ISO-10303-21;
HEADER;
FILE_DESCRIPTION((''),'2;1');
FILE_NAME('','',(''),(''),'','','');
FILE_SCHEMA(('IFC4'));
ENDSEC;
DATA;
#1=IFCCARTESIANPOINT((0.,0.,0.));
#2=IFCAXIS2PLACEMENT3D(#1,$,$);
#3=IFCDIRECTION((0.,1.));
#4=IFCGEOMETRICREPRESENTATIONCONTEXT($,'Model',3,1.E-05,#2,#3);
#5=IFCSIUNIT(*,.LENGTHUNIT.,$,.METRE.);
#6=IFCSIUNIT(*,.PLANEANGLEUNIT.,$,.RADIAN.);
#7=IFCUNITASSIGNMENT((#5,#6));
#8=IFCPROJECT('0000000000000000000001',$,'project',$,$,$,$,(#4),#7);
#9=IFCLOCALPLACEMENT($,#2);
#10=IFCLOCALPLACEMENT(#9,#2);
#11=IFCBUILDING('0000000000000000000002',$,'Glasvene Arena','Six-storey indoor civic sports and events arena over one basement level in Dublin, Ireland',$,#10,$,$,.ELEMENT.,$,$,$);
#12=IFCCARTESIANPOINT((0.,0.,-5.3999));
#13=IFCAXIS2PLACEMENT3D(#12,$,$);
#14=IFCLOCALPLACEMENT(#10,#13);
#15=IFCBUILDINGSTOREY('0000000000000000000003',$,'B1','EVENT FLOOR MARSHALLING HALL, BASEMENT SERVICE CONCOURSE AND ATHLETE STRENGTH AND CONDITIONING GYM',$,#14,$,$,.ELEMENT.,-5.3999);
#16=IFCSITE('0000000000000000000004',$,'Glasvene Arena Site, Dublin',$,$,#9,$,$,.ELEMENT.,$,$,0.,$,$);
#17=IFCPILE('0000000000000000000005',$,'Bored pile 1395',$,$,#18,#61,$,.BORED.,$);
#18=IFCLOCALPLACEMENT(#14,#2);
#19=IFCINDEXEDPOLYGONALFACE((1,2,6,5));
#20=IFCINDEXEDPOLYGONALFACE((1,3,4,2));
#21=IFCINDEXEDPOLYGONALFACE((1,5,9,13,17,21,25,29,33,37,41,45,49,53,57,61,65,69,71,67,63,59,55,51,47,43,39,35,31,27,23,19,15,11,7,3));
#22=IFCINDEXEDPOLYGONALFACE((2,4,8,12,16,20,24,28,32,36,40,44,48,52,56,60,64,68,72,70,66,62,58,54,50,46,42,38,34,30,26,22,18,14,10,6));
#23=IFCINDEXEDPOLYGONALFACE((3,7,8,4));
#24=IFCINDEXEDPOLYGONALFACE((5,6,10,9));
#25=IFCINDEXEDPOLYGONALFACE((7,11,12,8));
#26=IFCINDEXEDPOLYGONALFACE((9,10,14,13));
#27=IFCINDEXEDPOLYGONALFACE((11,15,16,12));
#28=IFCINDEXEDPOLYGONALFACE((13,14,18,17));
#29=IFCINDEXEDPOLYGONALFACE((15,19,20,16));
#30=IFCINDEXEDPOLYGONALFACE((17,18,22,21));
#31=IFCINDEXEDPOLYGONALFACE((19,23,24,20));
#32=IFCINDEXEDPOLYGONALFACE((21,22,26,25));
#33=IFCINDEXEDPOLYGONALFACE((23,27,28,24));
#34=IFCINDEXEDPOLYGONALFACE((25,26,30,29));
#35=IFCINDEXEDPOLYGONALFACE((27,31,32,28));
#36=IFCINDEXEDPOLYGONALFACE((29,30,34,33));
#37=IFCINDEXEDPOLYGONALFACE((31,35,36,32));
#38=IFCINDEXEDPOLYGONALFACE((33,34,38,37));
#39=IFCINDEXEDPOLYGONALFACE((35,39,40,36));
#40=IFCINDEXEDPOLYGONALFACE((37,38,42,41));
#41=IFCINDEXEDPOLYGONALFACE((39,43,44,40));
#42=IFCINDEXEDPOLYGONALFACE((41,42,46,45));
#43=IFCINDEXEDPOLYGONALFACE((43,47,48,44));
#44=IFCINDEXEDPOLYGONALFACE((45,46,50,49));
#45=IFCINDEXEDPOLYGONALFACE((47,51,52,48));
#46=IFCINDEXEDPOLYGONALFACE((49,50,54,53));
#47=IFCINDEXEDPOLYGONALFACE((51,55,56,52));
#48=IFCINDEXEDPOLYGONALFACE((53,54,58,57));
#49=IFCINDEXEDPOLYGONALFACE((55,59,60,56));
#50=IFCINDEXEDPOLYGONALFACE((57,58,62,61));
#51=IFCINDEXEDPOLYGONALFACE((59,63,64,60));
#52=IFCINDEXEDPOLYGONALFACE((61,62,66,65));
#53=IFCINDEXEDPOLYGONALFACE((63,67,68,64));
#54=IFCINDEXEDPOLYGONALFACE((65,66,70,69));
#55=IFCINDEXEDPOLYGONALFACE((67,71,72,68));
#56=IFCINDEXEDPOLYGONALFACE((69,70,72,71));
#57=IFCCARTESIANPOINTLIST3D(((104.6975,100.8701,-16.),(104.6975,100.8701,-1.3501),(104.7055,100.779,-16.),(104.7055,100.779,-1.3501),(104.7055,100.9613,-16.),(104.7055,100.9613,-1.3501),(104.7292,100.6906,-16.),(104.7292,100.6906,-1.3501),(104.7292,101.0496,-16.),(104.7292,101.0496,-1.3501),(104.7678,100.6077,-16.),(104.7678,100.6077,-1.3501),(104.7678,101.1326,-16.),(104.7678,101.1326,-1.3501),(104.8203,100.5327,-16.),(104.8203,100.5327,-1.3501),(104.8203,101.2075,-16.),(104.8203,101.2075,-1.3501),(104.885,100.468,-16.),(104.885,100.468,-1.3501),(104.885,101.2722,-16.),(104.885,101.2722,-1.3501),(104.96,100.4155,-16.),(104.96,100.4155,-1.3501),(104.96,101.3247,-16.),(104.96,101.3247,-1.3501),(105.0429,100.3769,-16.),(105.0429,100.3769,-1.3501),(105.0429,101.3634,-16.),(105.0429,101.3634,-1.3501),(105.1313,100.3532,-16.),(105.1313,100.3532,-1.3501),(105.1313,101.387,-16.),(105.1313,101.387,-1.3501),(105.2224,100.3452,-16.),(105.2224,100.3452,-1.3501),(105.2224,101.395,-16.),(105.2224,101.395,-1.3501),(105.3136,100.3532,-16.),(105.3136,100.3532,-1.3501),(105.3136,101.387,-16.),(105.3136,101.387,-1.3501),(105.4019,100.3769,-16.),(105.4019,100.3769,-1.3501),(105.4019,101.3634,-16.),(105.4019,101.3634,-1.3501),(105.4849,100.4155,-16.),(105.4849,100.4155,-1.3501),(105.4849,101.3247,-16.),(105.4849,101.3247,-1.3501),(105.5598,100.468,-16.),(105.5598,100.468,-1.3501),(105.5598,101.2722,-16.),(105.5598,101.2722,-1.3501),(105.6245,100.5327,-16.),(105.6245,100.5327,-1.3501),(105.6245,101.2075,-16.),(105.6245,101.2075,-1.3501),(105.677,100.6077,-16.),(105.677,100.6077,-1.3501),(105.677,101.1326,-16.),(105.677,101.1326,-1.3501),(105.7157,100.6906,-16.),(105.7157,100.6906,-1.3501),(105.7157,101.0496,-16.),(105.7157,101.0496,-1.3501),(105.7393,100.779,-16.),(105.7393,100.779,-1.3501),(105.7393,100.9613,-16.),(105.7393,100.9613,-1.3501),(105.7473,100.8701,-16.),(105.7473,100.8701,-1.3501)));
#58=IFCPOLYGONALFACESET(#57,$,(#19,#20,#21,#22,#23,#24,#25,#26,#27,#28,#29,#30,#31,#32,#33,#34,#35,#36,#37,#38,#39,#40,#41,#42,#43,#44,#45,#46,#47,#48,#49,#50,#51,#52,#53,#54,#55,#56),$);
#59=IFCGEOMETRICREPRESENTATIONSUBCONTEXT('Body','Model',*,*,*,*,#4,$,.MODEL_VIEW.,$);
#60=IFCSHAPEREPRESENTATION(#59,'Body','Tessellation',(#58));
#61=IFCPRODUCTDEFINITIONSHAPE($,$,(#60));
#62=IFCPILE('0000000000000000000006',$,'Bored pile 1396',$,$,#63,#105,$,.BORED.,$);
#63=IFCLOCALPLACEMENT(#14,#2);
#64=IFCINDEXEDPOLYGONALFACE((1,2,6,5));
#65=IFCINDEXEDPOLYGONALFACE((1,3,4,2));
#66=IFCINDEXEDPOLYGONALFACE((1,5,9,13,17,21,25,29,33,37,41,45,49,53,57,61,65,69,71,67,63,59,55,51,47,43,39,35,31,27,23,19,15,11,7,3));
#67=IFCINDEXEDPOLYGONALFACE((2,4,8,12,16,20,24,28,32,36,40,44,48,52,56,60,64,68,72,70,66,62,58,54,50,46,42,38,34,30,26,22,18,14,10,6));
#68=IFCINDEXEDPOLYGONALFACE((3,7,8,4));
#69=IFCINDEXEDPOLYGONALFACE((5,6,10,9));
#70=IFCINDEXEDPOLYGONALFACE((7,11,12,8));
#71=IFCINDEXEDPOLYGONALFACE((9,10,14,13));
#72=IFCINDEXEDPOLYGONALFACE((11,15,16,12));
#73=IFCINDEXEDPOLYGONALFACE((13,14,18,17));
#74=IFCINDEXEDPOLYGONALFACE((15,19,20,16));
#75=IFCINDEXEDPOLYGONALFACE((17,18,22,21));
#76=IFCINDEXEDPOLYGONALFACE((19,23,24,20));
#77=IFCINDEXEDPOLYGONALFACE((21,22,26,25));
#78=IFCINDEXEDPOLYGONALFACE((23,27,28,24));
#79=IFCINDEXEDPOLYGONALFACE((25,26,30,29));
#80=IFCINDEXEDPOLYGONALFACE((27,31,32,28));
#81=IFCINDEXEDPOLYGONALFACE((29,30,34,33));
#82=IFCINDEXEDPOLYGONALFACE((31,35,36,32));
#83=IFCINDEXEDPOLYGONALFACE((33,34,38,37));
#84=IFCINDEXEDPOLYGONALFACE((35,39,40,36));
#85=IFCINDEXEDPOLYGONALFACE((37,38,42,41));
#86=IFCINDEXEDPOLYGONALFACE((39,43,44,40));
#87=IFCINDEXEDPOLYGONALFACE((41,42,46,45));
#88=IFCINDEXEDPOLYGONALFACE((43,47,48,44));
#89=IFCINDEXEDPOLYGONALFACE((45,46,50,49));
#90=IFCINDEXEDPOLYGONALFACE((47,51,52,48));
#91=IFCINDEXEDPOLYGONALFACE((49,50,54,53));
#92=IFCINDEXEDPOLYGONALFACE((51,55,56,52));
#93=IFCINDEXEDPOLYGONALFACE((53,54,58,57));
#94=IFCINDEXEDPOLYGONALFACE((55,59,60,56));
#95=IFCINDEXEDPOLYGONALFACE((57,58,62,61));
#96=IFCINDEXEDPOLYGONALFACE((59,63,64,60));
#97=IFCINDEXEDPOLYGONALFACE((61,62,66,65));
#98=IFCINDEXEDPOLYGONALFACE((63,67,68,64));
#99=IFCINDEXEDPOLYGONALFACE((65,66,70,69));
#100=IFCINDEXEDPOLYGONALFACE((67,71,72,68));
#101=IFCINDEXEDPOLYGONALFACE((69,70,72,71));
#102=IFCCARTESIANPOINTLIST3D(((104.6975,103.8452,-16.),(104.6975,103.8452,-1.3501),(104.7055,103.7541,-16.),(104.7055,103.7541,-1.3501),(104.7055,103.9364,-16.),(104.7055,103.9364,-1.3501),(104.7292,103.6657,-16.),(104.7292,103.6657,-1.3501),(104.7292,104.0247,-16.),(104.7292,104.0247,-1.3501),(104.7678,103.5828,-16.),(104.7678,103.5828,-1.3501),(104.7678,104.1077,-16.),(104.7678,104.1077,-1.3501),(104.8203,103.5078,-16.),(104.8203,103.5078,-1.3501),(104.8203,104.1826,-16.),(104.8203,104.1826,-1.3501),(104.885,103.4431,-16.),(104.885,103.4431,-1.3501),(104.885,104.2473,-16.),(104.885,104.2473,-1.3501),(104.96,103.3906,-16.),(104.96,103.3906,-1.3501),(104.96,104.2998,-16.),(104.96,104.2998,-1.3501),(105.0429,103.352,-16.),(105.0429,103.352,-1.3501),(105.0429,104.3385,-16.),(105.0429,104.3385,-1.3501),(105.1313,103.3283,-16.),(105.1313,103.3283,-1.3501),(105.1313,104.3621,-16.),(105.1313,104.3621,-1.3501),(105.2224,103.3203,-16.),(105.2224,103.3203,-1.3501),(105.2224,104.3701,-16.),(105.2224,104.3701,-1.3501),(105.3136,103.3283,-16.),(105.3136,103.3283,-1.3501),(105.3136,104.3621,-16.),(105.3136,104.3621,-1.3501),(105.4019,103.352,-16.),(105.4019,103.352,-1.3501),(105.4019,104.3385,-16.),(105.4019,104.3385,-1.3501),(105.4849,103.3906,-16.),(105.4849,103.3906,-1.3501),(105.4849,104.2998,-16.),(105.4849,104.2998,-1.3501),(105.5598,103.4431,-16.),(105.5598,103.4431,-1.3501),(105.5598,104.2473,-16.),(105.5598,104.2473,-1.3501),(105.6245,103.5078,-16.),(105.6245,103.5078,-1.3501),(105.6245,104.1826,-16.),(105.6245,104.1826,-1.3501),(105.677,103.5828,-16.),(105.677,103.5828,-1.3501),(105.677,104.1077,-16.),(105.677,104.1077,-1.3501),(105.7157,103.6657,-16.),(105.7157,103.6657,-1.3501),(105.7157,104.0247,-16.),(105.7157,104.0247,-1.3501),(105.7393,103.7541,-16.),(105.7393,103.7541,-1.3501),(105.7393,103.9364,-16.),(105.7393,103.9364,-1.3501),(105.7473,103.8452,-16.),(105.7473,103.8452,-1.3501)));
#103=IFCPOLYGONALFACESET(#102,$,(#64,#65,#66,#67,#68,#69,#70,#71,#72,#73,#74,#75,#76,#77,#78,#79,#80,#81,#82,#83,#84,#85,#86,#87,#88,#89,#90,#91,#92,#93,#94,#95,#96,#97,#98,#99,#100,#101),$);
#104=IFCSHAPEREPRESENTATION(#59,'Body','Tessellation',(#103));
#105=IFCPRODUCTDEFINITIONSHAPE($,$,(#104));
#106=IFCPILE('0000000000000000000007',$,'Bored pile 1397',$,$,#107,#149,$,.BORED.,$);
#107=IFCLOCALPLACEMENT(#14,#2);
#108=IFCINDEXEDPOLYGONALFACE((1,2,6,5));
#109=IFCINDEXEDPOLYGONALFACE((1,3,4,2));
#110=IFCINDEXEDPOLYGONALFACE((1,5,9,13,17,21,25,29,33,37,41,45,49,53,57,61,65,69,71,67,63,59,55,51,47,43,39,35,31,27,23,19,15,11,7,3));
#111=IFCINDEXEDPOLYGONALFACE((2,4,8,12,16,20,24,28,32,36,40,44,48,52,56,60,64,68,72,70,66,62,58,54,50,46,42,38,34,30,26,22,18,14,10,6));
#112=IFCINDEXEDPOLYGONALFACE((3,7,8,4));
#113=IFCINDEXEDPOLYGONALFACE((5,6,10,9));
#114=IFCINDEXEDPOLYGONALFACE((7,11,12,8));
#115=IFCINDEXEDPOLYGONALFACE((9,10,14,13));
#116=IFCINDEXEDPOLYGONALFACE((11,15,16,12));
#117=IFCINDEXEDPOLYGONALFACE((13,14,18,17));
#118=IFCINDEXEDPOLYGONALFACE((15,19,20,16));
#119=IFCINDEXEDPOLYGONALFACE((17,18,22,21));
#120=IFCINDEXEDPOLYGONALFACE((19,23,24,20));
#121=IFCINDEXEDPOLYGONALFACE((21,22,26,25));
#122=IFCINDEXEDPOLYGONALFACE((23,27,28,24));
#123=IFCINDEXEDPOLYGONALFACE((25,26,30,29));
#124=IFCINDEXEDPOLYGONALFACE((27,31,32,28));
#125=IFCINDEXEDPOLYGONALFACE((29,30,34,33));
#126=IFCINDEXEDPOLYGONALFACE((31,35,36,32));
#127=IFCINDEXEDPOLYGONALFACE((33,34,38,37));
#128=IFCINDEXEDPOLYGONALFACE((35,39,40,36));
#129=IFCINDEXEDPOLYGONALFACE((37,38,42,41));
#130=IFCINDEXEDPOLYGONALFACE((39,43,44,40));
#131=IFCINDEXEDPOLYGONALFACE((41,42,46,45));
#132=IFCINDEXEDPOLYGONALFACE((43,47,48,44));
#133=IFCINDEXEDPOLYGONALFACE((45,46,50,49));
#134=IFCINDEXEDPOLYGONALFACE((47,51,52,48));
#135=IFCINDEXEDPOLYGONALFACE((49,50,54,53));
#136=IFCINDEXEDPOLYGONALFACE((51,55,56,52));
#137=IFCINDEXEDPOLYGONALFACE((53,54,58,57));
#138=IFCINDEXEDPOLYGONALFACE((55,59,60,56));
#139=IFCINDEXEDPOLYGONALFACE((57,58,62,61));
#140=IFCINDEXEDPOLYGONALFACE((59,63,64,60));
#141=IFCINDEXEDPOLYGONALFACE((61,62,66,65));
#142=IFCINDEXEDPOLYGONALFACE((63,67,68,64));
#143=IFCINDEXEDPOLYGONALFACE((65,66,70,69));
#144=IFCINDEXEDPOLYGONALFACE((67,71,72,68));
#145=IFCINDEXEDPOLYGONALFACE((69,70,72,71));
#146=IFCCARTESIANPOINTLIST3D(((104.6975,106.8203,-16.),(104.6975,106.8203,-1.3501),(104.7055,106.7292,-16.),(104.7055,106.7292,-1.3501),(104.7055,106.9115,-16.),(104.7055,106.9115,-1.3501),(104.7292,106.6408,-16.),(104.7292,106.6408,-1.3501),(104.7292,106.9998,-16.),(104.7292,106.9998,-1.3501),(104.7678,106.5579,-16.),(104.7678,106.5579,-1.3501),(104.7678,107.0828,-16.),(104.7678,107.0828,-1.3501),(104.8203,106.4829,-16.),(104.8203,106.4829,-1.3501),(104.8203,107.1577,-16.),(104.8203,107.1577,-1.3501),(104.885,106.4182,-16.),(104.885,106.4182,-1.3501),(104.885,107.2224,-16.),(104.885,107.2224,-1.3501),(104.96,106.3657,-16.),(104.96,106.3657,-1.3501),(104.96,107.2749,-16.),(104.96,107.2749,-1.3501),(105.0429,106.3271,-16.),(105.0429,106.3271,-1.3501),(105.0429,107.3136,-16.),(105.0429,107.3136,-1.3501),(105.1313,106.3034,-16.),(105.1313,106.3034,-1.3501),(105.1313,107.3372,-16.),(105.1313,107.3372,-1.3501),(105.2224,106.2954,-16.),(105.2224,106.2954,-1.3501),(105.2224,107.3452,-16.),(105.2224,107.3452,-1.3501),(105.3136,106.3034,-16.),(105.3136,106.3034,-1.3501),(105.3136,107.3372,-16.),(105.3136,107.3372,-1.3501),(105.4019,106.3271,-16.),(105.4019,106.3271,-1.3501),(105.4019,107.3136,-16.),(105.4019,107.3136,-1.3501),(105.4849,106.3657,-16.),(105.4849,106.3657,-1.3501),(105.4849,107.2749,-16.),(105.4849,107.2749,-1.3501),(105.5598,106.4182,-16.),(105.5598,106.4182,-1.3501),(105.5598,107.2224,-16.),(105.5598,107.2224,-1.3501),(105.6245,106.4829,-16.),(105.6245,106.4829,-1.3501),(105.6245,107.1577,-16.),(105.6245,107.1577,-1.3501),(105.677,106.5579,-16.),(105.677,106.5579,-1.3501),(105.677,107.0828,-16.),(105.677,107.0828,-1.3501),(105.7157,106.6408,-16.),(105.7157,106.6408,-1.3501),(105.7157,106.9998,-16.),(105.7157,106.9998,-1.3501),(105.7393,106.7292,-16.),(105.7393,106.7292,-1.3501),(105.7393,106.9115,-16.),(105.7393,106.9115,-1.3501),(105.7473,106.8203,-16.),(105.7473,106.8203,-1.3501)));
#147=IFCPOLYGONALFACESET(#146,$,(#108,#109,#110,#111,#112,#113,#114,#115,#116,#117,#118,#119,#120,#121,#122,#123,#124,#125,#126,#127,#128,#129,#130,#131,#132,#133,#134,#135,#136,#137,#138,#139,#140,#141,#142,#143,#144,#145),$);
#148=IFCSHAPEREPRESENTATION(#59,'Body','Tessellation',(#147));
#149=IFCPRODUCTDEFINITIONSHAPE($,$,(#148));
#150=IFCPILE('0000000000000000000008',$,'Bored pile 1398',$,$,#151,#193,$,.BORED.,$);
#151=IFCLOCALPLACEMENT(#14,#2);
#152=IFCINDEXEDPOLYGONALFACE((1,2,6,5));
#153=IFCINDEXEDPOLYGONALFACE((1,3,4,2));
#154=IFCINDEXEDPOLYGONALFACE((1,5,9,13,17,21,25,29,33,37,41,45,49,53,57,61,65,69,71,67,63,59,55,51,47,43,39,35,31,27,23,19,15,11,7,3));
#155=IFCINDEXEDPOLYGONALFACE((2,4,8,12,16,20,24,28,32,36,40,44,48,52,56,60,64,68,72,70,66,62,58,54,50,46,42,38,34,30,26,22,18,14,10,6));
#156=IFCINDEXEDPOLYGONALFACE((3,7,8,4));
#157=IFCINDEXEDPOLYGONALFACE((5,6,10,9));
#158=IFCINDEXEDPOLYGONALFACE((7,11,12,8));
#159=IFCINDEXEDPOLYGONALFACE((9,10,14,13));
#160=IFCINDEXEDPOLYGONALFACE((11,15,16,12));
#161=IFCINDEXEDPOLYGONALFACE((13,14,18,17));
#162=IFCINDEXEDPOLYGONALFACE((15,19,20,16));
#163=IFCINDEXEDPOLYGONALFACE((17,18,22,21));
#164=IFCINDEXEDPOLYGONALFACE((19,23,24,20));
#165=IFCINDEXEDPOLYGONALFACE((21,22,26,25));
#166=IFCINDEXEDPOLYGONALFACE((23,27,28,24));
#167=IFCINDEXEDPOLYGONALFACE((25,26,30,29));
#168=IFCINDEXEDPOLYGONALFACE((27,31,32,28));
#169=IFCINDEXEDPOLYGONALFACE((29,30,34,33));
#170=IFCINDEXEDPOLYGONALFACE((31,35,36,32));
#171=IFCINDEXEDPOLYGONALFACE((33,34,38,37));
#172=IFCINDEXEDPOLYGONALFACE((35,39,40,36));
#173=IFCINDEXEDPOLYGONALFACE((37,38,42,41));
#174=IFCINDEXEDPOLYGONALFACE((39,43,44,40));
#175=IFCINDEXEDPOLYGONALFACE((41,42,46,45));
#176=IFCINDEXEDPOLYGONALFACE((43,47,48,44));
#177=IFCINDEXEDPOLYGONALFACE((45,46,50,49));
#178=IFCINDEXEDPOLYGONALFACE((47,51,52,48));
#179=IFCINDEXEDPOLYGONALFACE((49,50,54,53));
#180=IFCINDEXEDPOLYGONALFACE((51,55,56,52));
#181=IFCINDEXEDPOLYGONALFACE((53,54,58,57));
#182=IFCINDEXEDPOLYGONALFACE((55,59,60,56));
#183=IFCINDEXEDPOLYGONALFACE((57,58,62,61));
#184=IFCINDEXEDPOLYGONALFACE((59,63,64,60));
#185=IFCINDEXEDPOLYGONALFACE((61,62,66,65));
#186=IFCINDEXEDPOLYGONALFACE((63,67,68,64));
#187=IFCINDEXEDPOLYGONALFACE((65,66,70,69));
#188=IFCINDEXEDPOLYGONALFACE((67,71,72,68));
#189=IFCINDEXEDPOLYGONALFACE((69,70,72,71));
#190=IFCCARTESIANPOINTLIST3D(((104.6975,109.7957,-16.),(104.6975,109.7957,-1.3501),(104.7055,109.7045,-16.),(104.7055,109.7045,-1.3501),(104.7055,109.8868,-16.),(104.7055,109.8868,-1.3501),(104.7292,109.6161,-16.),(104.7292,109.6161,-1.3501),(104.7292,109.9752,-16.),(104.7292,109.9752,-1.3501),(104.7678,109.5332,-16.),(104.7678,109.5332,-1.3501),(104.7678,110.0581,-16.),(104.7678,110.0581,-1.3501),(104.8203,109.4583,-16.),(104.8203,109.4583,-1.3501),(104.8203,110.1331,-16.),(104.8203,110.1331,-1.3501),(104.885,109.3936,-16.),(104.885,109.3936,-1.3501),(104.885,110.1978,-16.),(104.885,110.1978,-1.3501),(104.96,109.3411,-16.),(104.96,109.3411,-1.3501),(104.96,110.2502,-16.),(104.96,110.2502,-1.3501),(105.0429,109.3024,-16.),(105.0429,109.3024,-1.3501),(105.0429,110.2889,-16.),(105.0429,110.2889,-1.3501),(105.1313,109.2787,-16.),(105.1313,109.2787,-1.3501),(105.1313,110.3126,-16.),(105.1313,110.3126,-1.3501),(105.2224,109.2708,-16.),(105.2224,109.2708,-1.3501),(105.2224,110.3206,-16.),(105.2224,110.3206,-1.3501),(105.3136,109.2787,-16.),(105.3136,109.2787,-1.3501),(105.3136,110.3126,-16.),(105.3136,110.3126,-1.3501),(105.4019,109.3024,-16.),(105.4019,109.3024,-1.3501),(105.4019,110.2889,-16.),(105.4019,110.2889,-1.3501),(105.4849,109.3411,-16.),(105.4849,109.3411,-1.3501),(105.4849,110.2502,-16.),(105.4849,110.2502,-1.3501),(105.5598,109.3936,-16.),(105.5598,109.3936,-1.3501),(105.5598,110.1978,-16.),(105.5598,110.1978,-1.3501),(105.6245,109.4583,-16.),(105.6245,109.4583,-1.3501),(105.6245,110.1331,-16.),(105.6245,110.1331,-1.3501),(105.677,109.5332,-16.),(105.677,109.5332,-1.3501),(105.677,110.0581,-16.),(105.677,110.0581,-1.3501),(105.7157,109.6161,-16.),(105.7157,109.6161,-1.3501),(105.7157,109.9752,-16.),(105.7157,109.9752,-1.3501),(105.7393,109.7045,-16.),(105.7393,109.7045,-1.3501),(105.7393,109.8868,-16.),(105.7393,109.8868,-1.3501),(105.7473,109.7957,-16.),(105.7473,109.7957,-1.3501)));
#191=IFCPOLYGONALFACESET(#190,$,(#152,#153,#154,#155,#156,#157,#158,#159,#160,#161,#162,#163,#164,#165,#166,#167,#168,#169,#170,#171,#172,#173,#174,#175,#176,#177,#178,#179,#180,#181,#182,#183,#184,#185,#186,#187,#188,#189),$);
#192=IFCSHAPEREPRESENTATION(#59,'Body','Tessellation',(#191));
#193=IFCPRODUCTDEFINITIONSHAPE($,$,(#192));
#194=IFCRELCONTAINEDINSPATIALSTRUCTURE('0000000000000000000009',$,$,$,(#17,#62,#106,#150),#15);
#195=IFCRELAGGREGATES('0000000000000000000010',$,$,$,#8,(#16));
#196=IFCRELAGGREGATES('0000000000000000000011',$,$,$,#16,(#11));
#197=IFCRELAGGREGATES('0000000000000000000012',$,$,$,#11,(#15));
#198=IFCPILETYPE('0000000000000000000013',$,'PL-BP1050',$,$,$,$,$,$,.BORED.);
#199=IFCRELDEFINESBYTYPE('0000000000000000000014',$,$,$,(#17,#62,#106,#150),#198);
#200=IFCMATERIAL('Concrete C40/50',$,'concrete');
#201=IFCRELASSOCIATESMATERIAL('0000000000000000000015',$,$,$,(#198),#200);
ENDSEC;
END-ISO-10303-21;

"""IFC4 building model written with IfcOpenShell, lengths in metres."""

from ifc_helpers import new_model, si_unit, direction, frame, origin, origin_2d, place, context, subcontext, project, spatial, circle, extrude, material, material_profile, profile_set, type_object, element, save


model = new_model("IFC4")

# Units and contexts
model_context = context("Model", 3, precision=1e-05, world=origin(), true_north=direction((0.0, 1.0)))
body_context = subcontext(model_context, "Body", "Model", "MODEL_VIEW")
ifc_project = project(units=[si_unit("LENGTHUNIT", "METRE"), si_unit("PLANEANGLEUNIT", "RADIAN")], contexts=[model_context])

# Site, building, storey
site_placement = place(None, origin())
site = spatial("IfcSite", under=ifc_project, at=site_placement, Name="Glasvene Arena Site, Dublin", CompositionType="ELEMENT", RefElevation=0.0)
building_placement = place(site_placement, origin())
building = spatial("IfcBuilding", under=site, at=building_placement, Name="Glasvene Arena", Description="Six-storey indoor civic sports and events arena over one basement level in Dublin, Ireland", CompositionType="ELEMENT")
storey_placement = place(building_placement, frame((0.0, 0.0, -5.3999)))
storey = spatial("IfcBuildingStorey", under=building, at=storey_placement, Name="B1", Description="EVENT FLOOR MARSHALLING HALL, BASEMENT SERVICE CONCOURSE AND ATHLETE STRENGTH AND CONDITIONING GYM", CompositionType="ELEMENT", Elevation=-5.3999)

# Piles
ifc_material_1 = material(Name="Concrete C40/50", Category="concrete")
ifc_material_profile_1 = material_profile(ifc_material_1, circle(Radius=0.5249, at=origin_2d()), Name="BORED PILE 1050")
ifc_profile_set_1 = profile_set([ifc_material_profile_1], Name="Concrete C40/50")
pile_type = type_object("IfcPileType", Name="PL-BP1050", PredefinedType="BORED", material=ifc_profile_set_1)
for number, where, z_axis, x_axis, name in (
    (1, (105.2224, 100.8701, -1.3501), (0.0, 0.0, -1.0), (1.0, 0.0, 0.0), "Bored pile 1395"),
    (2, (105.2224, 103.8452, -1.3501), (0.0, 0.0, -1.0), (1.0, 0.0, 0.0), "Bored pile 1396"),
    (3, (105.2224, 106.8203, -1.3501), (0.0, 0.0, -1.0), (1.0, 0.0, 0.0), "Bored pile 1397"),
    (4, (105.2224, 109.7957, -1.3501), (0.0, 0.0, -1.0), (1.0, 0.0, 0.0), "Bored pile 1398"),
):
    element("IfcPile", number, at=place(storey_placement, frame(where, z_axis=z_axis, x_axis=x_axis)), inside=storey, type_object=pile_type, Name=name, PredefinedType="BORED", context=body_context, shape_type="SweptSolid", body=[
        extrude(circle(Radius=0.5249, at=origin_2d()), origin(), (0.0, 0.0, 1.0), 14.6499),
    ])

save(model, "model.ifc")
